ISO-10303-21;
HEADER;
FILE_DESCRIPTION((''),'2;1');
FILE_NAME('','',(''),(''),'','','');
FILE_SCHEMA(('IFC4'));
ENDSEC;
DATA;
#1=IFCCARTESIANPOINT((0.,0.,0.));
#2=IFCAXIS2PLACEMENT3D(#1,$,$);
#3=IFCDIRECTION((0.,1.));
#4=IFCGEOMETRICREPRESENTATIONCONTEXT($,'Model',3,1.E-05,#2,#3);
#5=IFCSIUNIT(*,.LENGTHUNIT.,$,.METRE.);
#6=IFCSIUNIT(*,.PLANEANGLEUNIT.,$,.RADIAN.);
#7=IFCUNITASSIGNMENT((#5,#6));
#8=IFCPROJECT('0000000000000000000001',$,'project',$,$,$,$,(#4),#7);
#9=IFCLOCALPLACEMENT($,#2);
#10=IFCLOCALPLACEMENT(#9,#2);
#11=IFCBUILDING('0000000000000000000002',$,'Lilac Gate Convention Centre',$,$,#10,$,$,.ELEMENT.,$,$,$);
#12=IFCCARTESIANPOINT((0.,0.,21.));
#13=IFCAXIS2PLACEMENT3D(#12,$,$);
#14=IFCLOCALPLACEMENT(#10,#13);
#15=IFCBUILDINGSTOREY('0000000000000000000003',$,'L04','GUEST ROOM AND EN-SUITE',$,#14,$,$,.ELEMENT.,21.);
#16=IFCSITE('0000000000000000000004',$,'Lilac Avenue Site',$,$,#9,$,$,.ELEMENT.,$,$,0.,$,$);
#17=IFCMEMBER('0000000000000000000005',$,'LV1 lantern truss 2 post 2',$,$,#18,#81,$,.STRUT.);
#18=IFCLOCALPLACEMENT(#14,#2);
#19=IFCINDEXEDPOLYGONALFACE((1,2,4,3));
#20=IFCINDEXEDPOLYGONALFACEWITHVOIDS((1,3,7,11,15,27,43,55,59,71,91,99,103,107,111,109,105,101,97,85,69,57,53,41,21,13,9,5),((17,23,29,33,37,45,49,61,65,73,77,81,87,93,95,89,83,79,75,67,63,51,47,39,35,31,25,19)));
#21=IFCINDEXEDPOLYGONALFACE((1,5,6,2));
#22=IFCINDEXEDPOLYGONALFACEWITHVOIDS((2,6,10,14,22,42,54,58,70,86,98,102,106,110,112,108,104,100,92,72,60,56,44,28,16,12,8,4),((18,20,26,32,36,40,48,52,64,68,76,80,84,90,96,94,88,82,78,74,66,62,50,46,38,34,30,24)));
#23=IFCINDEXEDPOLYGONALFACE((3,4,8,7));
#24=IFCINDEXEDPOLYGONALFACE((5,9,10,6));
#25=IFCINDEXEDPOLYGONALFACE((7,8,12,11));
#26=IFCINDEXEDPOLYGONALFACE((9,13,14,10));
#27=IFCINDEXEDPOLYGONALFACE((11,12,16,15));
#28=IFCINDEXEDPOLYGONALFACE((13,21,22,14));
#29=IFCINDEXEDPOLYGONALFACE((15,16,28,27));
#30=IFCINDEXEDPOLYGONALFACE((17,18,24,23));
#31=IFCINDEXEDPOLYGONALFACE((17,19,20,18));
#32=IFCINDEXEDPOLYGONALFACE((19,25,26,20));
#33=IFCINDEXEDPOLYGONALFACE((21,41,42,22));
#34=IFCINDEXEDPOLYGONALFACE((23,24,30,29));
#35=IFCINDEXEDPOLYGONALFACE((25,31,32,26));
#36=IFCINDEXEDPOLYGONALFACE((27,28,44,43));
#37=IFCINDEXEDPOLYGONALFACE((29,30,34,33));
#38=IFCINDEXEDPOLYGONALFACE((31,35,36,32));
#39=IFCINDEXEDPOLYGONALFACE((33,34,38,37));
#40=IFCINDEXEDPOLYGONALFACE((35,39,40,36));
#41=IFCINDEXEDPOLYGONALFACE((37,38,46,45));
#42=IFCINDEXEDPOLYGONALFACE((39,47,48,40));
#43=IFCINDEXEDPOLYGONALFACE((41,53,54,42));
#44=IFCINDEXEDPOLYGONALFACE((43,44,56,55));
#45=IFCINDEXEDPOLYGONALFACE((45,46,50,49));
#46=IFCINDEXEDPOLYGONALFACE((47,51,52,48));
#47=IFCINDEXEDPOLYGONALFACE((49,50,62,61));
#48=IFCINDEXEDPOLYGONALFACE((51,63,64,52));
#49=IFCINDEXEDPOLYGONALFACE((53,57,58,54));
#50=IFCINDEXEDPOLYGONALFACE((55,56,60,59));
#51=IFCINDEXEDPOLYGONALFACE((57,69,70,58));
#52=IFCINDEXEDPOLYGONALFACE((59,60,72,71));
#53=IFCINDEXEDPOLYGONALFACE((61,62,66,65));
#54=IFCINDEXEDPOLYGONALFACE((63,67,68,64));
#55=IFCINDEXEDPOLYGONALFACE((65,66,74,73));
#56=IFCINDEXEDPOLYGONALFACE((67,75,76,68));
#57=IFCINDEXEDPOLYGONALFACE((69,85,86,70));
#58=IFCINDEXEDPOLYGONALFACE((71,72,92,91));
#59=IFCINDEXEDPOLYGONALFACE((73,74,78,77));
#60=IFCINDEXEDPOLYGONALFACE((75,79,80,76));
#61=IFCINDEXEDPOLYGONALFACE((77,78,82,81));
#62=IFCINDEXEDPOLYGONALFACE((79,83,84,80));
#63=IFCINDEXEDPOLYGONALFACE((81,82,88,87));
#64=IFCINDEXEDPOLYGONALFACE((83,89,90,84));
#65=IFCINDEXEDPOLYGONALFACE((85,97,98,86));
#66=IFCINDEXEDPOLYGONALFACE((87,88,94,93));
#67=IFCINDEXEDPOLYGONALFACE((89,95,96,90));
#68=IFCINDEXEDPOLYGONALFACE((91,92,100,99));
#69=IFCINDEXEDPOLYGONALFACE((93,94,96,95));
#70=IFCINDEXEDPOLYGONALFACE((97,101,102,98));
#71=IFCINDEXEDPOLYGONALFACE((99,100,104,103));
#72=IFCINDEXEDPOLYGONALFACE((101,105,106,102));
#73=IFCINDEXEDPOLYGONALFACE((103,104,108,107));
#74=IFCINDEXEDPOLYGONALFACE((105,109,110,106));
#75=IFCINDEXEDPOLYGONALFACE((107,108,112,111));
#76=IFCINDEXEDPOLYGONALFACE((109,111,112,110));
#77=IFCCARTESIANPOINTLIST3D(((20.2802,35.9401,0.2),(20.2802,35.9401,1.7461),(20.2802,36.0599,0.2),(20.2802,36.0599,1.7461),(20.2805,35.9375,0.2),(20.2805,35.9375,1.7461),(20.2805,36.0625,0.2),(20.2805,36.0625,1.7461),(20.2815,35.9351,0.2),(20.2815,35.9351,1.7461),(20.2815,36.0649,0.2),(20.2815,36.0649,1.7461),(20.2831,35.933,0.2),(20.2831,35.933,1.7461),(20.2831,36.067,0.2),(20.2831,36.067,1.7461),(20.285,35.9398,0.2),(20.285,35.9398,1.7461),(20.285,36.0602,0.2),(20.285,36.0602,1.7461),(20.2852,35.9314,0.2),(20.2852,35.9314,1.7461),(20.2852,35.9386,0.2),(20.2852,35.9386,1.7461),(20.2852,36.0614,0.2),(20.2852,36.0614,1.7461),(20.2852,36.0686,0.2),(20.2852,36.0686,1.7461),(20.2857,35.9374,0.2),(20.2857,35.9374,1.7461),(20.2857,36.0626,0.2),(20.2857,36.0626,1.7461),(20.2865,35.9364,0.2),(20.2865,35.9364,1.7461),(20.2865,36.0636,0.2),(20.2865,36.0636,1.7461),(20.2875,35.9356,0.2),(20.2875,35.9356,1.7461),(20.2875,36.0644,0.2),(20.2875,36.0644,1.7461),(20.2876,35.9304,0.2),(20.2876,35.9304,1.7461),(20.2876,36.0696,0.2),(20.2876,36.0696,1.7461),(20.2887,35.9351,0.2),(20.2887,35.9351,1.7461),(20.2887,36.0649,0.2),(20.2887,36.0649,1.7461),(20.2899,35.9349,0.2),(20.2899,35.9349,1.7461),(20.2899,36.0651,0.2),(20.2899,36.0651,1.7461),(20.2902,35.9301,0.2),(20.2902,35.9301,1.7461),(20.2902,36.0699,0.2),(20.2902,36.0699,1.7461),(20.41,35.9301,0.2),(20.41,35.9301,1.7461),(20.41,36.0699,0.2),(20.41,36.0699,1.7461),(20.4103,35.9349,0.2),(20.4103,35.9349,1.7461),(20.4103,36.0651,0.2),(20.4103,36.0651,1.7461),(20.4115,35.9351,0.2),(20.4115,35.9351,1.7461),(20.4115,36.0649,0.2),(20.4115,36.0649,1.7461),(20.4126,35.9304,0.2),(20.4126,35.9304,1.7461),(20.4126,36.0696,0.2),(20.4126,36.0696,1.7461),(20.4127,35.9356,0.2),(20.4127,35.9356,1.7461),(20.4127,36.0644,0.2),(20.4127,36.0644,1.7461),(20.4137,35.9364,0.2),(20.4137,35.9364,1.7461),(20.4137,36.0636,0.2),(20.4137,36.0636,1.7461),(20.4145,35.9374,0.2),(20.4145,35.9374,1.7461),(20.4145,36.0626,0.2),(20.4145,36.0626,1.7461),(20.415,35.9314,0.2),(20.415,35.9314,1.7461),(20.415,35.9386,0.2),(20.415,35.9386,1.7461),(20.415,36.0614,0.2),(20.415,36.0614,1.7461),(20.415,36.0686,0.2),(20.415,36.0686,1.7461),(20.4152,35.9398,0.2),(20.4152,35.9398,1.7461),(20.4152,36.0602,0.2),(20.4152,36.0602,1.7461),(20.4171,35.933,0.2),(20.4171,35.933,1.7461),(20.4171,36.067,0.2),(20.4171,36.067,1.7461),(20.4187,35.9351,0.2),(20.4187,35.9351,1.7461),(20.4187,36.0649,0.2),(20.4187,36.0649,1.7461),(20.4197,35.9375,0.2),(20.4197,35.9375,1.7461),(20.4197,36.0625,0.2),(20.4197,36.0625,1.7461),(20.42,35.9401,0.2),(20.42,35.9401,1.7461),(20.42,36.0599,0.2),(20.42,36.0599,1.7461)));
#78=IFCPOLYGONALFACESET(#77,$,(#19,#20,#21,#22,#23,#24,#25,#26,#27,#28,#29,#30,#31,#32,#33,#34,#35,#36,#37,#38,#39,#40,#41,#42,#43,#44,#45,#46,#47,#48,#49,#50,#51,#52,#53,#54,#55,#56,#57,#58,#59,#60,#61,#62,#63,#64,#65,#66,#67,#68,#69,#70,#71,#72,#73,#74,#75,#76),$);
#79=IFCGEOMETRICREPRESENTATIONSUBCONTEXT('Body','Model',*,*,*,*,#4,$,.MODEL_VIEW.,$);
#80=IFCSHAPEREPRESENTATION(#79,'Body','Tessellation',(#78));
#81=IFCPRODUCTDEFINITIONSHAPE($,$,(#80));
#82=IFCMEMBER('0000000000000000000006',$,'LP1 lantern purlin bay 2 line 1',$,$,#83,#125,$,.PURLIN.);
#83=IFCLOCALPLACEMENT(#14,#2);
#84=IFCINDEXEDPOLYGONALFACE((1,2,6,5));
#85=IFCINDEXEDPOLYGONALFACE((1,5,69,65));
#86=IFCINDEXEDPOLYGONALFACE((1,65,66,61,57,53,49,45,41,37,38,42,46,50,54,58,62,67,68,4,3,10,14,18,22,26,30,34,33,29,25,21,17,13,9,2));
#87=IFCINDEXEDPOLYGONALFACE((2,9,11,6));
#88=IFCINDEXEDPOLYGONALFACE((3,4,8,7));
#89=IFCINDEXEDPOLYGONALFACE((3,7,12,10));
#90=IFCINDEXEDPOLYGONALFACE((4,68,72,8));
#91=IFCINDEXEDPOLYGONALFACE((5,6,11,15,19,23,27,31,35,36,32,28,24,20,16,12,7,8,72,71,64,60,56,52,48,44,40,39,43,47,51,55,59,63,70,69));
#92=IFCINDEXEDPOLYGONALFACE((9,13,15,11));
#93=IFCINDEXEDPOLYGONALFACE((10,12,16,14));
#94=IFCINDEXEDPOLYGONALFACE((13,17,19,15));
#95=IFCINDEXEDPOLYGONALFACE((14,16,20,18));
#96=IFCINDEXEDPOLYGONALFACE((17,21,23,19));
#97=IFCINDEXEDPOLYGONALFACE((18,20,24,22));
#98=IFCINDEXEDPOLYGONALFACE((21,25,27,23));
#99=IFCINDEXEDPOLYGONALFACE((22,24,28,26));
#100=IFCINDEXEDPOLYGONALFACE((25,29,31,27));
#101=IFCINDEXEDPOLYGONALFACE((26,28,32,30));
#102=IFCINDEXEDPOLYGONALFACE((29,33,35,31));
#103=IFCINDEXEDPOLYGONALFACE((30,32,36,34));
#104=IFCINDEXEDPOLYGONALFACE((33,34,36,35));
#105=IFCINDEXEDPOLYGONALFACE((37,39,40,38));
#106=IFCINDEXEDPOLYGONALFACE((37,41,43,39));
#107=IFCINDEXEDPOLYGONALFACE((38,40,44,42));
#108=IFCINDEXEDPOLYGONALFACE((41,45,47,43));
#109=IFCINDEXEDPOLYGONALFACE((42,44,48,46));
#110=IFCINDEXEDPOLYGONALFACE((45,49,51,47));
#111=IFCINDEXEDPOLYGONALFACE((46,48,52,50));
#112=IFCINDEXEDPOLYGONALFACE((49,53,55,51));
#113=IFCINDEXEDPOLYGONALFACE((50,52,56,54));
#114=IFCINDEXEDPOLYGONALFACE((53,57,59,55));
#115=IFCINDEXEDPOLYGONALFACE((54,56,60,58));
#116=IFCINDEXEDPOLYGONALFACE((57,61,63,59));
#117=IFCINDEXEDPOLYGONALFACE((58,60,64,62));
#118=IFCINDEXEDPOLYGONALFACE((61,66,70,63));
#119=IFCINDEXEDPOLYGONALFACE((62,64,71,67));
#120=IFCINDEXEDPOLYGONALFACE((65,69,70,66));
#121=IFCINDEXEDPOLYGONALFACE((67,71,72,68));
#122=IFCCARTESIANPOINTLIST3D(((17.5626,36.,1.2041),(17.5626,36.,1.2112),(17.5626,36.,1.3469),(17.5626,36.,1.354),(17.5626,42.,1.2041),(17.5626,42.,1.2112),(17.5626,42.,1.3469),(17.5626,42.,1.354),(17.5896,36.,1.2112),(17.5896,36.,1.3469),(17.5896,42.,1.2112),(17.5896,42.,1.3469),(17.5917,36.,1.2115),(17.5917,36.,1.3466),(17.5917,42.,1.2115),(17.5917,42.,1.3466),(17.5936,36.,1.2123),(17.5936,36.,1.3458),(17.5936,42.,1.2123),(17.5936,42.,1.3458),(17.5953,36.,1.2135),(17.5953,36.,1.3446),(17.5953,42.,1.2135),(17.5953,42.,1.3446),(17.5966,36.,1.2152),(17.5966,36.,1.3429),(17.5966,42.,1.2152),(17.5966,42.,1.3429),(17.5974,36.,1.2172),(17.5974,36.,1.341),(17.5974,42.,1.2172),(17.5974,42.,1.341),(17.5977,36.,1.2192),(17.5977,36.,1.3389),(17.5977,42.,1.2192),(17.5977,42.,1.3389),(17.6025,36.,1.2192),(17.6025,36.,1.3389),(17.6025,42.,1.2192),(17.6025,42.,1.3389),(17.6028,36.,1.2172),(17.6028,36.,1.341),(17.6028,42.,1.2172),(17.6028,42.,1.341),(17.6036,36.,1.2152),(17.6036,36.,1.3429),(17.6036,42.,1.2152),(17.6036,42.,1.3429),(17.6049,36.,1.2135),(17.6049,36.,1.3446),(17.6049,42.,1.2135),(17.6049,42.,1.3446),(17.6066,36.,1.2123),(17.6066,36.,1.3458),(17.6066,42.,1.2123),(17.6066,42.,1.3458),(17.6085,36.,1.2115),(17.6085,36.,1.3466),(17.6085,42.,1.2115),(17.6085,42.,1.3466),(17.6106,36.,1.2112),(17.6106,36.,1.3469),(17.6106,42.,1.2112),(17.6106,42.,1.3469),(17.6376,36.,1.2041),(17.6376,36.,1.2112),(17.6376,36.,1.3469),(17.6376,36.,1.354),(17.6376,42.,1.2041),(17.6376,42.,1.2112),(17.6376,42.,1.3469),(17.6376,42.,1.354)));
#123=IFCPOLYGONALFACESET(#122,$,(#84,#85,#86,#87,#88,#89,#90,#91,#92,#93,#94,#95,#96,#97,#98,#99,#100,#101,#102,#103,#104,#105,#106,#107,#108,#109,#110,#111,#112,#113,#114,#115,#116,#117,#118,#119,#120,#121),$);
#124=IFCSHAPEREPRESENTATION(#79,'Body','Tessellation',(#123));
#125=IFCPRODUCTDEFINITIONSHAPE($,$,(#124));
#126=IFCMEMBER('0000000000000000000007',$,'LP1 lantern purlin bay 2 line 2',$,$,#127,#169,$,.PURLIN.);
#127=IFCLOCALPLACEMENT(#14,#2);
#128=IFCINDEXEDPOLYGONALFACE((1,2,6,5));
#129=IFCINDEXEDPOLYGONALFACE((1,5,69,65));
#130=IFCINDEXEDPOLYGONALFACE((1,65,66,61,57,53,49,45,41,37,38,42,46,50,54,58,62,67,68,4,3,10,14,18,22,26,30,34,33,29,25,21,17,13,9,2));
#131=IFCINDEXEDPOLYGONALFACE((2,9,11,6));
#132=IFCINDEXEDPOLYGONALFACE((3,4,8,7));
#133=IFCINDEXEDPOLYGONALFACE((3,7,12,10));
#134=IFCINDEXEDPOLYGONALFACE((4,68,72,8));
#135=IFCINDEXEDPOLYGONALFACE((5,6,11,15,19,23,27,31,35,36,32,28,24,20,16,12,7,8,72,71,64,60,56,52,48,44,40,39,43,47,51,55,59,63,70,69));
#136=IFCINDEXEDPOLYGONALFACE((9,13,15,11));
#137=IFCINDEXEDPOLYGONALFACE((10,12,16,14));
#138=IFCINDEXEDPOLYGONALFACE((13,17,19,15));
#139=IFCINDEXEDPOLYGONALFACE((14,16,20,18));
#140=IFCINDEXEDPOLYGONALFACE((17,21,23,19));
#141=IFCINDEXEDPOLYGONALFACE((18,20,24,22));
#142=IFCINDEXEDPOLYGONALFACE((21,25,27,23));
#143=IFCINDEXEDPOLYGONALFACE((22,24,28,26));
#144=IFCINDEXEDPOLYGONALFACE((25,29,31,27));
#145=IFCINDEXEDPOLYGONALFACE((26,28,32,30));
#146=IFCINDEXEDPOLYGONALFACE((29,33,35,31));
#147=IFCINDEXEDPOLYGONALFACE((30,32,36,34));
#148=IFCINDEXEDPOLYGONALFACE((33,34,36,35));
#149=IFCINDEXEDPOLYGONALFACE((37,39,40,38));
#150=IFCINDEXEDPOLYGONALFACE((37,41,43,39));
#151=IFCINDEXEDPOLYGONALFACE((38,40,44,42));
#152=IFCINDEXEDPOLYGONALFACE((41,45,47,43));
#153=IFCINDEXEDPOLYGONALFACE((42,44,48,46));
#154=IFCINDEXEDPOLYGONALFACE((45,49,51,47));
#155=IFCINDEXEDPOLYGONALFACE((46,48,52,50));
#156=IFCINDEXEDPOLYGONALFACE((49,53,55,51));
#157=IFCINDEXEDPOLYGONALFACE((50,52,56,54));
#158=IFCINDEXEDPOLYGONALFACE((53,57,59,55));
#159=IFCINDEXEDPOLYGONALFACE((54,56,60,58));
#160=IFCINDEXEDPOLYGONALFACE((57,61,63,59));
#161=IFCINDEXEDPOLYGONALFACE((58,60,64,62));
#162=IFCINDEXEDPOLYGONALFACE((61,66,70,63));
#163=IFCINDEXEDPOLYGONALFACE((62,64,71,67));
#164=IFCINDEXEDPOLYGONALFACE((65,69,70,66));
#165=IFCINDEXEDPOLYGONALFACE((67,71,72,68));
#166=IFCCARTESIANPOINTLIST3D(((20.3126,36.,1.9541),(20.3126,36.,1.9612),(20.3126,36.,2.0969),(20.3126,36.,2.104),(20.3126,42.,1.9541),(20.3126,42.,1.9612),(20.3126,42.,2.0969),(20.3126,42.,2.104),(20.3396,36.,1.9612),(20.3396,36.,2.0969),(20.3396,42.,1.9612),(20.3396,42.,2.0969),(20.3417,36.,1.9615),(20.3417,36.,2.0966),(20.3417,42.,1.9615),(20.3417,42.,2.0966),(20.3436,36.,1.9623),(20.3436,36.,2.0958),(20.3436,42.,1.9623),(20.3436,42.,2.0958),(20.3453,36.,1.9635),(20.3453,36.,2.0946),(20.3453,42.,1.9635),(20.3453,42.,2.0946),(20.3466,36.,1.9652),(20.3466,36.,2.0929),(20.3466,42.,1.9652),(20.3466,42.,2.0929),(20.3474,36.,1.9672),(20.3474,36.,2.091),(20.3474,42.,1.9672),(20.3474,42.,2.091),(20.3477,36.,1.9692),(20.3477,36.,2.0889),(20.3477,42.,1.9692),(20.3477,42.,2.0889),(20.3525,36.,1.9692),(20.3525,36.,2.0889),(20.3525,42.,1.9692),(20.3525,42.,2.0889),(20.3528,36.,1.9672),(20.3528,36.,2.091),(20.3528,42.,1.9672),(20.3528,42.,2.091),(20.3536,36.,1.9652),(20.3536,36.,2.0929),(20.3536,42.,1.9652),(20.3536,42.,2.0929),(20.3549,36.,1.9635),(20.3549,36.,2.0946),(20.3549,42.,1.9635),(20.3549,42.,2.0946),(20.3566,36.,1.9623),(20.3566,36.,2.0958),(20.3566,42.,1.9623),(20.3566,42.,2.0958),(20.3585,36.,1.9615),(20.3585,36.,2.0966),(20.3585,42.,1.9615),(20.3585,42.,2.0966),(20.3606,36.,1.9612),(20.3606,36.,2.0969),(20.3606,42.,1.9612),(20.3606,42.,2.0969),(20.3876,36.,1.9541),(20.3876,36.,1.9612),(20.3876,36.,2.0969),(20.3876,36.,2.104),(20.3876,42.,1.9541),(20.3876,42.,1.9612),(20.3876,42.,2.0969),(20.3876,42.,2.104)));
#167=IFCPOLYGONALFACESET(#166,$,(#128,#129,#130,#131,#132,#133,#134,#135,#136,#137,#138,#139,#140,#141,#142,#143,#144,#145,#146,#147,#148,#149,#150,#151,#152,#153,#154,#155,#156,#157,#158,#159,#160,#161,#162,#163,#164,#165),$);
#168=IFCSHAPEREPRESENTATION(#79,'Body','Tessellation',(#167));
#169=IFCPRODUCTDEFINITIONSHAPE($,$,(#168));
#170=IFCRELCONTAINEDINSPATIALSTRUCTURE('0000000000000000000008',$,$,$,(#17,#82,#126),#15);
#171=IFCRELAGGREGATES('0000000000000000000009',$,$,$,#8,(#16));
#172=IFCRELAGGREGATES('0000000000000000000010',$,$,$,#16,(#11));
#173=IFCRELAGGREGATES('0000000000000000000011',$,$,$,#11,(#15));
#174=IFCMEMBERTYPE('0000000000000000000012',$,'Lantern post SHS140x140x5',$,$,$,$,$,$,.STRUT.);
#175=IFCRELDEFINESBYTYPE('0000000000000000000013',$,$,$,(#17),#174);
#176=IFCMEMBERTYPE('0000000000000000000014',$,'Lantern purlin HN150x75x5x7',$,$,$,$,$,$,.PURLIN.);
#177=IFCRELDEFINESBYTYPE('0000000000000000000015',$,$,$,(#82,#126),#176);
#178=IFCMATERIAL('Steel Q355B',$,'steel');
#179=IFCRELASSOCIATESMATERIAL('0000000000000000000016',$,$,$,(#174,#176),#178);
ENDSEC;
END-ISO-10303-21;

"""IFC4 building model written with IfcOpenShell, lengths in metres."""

from ifc_helpers import new_model, si_unit, direction, frame, origin, origin_2d, place, context, subcontext, project, spatial, hollow_rectangle, i_section, extrude, material, material_profile, profile_set, type_object, element, save


model = new_model("IFC4")

# Units and contexts
model_context = context("Model", 3, precision=1e-05, world=origin(), true_north=direction((0.0, 1.0)))
body_context = subcontext(model_context, "Body", "Model", "MODEL_VIEW")
ifc_project = project(units=[si_unit("LENGTHUNIT", "METRE"), si_unit("PLANEANGLEUNIT", "RADIAN")], contexts=[model_context])

# Site, building, storey
site_placement = place(None, origin())
site = spatial("IfcSite", under=ifc_project, at=site_placement, Name="Lilac Avenue Site", CompositionType="ELEMENT", RefElevation=0.0)
building_placement = place(site_placement, origin())
building = spatial("IfcBuilding", under=site, at=building_placement, Name="Lilac Gate Convention Centre", CompositionType="ELEMENT")
storey_placement = place(building_placement, frame((0.0, 0.0, 21.0)))
storey = spatial("IfcBuildingStorey", under=building, at=storey_placement, Name="L04", Description="GUEST ROOM AND EN-SUITE", CompositionType="ELEMENT", Elevation=21.0)

# Members
ifc_material_1 = material(Name="Steel Q355B", Category="steel")
ifc_material_profile_1 = material_profile(ifc_material_1, hollow_rectangle(XDim=0.1399, YDim=0.1399, WallThickness=0.0049, InnerFilletRadius=0.0049, OuterFilletRadius=0.01, at=origin_2d()), Name="SHS140x140x5")
ifc_profile_set_1 = profile_set([ifc_material_profile_1], Name="Steel Q355B")
member_type_1 = type_object("IfcMemberType", Name="Lantern post SHS140x140x5", PredefinedType="STRUT", material=ifc_profile_set_1)
member_1_placement = place(storey_placement, frame((20.3501, 36.0, 0.2), z_axis=(0.0, 0.0, 1.0), x_axis=(1.0, 0.0, 0.0)))
element("IfcMember", 1, at=member_1_placement, inside=storey, type_object=member_type_1, Name="LV1 lantern truss 2 post 2", PredefinedType="STRUT", context=body_context, shape_type="SweptSolid", body=[
    extrude(hollow_rectangle(XDim=0.1399, YDim=0.1399, WallThickness=0.0049, InnerFilletRadius=0.0049, OuterFilletRadius=0.01, at=origin_2d()), origin(), (0.0, 0.0, 1.0), 1.5461),
])
ifc_material_profile_2 = material_profile(ifc_material_1, i_section(OverallWidth=0.075, OverallDepth=0.1499, WebThickness=0.0049, FlangeThickness=0.0071, FilletRadius=0.0081, at=origin_2d()), Name="HN150x75x5x7")
ifc_profile_set_2 = profile_set([ifc_material_profile_2], Name="Steel Q355B")
member_type_2 = type_object("IfcMemberType", Name="Lantern purlin HN150x75x5x7", PredefinedType="PURLIN", material=ifc_profile_set_2)
for number, where, z_axis, x_axis, name in (
    (2, (17.6001, 36.0, 1.2791), (0.0, 1.0, 0.0), (-1.0, 0.0, 0.0), "LP1 lantern purlin bay 2 line 1"),
    (3, (20.3501, 36.0, 2.0291), (0.0, 1.0, 0.0), (-1.0, 0.0, 0.0), "LP1 lantern purlin bay 2 line 2"),
):
    element("IfcMember", number, at=place(storey_placement, frame(where, z_axis=z_axis, x_axis=x_axis)), inside=storey, type_object=member_type_2, Name=name, PredefinedType="PURLIN", context=body_context, shape_type="SweptSolid", body=[
        extrude(i_section(OverallWidth=0.075, OverallDepth=0.1499, WebThickness=0.0049, FlangeThickness=0.0071, FilletRadius=0.0081, at=origin_2d()), origin(), (0.0, 0.0, 1.0), 6.0),
    ])

save(model, "model.ifc")
